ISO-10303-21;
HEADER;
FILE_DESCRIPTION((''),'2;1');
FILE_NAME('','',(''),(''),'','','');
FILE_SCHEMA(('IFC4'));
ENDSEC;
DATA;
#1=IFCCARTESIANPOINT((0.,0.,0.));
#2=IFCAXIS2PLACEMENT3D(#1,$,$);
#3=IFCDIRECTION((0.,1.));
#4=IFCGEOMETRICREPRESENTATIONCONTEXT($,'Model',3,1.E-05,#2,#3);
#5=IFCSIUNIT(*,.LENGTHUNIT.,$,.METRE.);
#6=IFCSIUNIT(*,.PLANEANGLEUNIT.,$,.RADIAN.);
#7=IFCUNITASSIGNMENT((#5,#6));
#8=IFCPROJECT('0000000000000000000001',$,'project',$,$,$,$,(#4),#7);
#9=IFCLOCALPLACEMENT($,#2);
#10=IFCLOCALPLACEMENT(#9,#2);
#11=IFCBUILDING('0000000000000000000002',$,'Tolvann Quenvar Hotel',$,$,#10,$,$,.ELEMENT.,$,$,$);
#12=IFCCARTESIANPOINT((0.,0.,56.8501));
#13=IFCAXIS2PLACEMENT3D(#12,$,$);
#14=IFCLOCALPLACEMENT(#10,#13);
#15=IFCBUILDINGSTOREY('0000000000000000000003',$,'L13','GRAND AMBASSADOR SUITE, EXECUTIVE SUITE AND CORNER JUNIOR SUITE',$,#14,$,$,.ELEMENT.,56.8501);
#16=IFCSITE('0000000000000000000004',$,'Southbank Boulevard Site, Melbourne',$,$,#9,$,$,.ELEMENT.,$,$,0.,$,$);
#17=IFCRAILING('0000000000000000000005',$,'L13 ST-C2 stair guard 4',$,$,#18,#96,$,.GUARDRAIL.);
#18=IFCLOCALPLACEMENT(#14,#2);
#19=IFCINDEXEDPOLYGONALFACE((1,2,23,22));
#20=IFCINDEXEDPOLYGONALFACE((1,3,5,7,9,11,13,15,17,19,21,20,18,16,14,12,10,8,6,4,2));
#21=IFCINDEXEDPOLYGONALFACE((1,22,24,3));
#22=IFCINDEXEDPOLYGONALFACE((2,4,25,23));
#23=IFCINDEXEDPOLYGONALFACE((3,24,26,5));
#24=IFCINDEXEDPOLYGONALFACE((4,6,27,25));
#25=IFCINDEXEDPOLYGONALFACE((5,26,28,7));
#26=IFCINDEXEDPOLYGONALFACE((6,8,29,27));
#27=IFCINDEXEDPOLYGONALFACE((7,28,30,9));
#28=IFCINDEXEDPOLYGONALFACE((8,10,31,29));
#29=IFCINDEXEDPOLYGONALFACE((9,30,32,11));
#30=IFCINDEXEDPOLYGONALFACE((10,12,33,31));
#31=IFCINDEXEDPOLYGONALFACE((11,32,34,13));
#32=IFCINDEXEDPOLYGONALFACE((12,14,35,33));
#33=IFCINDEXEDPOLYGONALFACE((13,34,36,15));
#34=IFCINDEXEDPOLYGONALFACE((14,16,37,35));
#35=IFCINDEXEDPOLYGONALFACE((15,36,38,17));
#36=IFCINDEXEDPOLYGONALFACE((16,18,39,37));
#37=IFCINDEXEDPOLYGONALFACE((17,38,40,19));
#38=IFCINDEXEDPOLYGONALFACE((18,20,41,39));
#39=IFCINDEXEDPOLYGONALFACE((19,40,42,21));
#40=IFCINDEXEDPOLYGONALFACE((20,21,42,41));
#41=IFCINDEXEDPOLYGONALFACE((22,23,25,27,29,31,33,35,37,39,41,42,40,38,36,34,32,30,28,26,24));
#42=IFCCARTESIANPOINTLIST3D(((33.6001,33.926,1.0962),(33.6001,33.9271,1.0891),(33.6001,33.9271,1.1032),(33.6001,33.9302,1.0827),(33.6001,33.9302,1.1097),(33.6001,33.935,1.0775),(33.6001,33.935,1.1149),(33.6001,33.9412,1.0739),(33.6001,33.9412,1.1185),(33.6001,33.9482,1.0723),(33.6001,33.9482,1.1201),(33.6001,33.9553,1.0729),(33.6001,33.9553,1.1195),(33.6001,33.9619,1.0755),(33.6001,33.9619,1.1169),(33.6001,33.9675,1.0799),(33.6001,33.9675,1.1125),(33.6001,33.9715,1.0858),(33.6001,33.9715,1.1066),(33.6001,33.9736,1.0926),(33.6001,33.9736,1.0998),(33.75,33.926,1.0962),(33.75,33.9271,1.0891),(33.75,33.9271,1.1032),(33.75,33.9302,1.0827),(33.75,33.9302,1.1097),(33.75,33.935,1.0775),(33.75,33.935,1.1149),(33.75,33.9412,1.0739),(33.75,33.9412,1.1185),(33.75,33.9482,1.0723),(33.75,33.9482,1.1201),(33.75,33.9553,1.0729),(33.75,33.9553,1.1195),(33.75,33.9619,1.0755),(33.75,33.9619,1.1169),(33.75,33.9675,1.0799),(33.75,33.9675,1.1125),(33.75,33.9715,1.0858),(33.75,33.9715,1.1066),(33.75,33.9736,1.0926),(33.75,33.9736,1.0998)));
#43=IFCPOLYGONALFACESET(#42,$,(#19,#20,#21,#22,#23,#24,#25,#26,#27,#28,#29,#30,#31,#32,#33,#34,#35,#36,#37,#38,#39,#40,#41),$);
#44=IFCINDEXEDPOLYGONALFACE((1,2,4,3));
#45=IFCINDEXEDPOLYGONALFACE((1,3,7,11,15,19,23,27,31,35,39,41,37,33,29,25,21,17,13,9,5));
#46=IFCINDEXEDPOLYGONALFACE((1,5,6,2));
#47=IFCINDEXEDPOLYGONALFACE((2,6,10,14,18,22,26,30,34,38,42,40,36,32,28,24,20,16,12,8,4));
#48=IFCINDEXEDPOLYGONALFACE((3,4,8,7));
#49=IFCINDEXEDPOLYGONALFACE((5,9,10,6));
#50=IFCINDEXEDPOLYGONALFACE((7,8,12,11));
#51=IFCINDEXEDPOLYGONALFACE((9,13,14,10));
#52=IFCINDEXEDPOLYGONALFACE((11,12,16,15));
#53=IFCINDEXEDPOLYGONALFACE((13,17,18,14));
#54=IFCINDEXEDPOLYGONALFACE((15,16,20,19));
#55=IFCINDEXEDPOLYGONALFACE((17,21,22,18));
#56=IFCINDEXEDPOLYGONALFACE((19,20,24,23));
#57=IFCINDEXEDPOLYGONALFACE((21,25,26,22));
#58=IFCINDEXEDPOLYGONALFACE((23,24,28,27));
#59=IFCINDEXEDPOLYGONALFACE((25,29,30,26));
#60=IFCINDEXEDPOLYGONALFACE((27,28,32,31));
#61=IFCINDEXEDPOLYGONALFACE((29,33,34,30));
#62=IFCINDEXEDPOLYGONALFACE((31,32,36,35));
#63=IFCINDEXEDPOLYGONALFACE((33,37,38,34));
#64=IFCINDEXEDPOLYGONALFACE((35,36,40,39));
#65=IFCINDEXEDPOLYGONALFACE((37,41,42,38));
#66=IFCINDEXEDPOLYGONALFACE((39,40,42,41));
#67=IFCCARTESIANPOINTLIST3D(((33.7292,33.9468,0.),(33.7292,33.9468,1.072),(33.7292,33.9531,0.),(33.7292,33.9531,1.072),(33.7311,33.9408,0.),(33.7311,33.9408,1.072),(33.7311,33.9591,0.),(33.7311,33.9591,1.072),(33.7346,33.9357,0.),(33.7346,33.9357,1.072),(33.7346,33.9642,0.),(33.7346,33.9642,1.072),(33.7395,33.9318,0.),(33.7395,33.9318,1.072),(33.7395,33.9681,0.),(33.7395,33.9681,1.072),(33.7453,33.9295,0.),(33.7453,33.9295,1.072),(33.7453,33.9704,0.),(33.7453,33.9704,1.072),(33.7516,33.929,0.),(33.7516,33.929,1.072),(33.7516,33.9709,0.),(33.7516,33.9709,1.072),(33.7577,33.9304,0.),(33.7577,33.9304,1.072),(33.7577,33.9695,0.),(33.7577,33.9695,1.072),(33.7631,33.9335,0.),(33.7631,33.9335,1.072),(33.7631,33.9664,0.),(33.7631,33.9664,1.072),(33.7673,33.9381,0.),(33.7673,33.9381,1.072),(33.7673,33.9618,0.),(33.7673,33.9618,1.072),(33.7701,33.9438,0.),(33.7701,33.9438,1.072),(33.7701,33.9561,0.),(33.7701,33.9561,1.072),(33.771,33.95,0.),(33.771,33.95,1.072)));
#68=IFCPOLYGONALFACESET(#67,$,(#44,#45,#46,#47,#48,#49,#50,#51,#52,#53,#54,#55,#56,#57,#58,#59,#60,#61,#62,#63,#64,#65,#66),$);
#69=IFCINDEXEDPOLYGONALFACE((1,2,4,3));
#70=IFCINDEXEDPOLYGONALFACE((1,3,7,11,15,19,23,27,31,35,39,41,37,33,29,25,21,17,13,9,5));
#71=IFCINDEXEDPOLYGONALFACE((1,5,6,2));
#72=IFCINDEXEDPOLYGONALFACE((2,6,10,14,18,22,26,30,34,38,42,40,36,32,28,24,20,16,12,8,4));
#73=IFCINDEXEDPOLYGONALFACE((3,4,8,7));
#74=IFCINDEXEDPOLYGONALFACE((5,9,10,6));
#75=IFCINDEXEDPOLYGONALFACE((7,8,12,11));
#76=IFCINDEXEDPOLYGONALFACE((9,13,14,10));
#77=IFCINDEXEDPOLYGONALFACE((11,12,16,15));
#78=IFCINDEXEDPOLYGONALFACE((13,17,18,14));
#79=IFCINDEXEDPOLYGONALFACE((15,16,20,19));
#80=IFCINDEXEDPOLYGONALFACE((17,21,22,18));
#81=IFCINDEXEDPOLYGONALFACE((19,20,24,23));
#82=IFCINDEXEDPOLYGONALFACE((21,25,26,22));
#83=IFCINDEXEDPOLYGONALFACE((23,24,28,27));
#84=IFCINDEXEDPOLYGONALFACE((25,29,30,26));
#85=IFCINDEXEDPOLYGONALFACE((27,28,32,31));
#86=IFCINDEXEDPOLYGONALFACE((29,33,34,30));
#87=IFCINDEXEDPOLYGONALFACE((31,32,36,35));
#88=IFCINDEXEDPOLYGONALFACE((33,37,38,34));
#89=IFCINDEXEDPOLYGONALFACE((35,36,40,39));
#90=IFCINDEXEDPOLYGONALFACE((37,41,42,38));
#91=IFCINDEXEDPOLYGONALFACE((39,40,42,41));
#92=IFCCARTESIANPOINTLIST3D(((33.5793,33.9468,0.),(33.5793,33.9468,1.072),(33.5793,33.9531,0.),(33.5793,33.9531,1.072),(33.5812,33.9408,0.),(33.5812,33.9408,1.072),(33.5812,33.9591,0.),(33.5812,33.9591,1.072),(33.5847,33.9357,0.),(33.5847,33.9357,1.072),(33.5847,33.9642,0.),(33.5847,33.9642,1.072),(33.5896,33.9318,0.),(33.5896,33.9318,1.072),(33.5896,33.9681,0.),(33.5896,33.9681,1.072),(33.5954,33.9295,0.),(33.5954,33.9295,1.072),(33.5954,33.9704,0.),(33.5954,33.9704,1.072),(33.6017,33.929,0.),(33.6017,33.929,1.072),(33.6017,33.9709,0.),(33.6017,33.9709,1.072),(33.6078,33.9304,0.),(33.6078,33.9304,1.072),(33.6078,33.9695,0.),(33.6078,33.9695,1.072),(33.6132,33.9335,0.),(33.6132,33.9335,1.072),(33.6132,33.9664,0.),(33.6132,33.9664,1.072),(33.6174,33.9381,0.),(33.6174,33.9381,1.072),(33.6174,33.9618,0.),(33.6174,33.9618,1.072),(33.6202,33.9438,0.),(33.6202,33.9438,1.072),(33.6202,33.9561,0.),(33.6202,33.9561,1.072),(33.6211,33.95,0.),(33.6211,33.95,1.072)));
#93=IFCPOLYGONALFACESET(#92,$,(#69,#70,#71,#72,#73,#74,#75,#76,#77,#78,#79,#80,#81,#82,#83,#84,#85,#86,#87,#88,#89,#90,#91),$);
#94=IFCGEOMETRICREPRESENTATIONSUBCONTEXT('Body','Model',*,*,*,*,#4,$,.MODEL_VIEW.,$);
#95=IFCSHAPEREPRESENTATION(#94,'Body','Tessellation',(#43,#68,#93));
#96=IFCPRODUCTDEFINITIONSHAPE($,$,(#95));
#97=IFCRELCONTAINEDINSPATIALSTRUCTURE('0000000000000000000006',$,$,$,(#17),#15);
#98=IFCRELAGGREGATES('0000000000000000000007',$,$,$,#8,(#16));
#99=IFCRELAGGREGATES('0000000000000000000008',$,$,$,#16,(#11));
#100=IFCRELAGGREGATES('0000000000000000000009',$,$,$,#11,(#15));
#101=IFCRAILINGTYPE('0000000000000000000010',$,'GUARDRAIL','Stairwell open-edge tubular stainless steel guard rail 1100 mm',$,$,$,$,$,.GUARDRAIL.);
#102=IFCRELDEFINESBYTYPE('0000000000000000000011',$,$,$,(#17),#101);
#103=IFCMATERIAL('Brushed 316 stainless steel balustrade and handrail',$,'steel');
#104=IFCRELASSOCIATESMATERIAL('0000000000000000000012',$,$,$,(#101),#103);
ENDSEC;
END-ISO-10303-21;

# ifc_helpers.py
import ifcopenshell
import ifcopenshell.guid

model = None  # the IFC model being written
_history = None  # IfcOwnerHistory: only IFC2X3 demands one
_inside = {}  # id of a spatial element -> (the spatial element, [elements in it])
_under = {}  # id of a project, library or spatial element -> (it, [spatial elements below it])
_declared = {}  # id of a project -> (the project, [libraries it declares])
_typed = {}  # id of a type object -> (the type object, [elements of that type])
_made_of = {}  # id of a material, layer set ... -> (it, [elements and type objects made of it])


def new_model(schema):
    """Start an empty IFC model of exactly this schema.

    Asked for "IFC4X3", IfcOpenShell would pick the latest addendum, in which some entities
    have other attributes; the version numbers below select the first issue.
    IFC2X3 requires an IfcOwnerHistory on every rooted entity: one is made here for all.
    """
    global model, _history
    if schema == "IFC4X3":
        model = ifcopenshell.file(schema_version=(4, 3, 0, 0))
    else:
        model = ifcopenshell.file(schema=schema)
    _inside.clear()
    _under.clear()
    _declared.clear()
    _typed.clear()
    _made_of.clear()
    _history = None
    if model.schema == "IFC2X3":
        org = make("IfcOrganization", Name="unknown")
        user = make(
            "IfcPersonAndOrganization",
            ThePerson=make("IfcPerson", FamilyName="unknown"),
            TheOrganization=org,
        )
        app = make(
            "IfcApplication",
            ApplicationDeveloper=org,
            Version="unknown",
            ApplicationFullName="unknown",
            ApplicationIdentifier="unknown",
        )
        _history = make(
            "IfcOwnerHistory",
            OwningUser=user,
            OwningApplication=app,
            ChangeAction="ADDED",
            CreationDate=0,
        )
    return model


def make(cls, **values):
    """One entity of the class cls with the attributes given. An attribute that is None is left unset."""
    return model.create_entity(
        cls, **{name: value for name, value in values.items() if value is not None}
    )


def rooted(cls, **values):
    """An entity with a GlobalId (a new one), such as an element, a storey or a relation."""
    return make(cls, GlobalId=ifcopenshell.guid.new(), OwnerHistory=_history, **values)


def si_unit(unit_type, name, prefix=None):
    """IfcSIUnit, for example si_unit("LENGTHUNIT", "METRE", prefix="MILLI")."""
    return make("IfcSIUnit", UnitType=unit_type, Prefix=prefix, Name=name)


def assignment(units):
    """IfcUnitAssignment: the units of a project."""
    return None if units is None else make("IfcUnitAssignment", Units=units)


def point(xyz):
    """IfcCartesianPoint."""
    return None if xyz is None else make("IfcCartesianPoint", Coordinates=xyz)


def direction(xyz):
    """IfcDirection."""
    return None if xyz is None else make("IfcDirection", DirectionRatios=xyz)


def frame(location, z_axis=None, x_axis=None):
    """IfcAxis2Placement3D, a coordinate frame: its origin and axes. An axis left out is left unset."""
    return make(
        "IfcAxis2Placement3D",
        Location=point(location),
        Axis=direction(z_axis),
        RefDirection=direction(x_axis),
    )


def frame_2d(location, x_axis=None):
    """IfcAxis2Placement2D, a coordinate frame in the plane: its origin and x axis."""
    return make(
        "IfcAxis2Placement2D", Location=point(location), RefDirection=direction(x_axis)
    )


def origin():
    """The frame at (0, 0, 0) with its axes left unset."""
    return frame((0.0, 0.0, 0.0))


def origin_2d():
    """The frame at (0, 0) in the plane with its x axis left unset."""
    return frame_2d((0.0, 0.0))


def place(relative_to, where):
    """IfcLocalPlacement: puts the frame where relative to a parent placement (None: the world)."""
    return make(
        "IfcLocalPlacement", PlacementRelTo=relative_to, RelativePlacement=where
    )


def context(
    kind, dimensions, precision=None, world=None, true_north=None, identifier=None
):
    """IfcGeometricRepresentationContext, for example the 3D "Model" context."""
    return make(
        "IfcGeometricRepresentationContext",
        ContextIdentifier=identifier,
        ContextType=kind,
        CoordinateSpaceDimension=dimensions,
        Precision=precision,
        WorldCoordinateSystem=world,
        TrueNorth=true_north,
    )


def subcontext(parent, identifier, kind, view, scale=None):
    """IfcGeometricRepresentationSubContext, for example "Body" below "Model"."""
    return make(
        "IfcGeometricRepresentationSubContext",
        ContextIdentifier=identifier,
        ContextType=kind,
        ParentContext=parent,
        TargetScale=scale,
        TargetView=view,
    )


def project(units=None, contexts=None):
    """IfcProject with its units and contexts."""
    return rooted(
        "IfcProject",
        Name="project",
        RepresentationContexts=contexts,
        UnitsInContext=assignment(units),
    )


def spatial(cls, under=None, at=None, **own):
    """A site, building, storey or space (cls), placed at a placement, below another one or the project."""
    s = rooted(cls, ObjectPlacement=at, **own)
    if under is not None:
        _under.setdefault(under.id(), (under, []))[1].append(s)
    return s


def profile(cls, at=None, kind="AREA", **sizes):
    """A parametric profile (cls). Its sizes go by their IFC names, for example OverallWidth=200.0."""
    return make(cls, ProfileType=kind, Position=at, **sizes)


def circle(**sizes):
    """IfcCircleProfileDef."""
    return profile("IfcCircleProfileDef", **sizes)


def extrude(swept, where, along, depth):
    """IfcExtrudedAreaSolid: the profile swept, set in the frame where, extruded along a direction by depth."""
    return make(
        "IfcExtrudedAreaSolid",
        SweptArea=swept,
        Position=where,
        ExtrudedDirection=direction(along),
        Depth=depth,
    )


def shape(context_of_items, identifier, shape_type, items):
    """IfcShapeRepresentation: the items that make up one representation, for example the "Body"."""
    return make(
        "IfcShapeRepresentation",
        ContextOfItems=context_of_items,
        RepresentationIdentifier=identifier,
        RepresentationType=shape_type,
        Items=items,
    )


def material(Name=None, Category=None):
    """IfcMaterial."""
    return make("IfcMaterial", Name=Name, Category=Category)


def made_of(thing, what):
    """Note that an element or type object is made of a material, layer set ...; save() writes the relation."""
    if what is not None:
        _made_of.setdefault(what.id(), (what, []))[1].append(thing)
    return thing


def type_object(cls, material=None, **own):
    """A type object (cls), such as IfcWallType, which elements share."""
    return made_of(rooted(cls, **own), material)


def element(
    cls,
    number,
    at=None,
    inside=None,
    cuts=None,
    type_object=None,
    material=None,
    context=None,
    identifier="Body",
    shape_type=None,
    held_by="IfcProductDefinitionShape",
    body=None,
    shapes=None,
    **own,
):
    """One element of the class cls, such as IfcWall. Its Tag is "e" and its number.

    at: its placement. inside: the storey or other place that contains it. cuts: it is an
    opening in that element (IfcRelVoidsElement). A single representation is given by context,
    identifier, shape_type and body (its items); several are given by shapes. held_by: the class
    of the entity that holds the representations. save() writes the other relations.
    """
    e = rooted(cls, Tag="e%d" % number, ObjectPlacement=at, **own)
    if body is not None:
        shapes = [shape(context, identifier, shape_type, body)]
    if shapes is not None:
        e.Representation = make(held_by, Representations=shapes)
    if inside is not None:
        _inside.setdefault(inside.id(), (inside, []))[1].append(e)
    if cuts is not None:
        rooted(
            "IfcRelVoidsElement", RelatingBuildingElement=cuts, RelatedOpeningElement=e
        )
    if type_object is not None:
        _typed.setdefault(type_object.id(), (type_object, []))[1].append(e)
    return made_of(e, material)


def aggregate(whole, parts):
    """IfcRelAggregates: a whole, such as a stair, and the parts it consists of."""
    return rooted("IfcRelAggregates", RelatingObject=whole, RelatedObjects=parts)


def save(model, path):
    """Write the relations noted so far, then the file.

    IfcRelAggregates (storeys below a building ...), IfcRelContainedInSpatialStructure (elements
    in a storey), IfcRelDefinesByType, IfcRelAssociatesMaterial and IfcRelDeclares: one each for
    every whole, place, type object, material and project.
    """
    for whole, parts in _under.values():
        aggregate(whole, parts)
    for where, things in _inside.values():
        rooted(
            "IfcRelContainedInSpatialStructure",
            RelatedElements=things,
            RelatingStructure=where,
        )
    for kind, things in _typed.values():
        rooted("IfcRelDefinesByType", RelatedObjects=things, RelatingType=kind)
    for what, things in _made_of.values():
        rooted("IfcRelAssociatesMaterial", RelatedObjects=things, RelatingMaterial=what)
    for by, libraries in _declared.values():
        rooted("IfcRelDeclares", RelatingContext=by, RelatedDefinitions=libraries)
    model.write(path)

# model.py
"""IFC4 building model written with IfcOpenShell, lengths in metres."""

from ifc_helpers import new_model, si_unit, direction, frame, origin, origin_2d, place, context, subcontext, project, spatial, circle, extrude, material, type_object, element, save


model = new_model("IFC4")

# Units and contexts
model_context = context("Model", 3, precision=1e-05, world=origin(), true_north=direction((0.0, 1.0)))
body_context = subcontext(model_context, "Body", "Model", "MODEL_VIEW")
ifc_project = project(units=[si_unit("LENGTHUNIT", "METRE"), si_unit("PLANEANGLEUNIT", "RADIAN")], contexts=[model_context])

# Site, building, storey
site_placement = place(None, origin())
site = spatial("IfcSite", under=ifc_project, at=site_placement, Name="Southbank Boulevard Site, Melbourne", CompositionType="ELEMENT", RefElevation=0.0)
building_placement = place(site_placement, origin())
building = spatial("IfcBuilding", under=site, at=building_placement, Name="Tolvann Quenvar Hotel", CompositionType="ELEMENT")
storey_placement = place(building_placement, frame((0.0, 0.0, 56.8501)))
storey = spatial("IfcBuildingStorey", under=building, at=storey_placement, Name="L13", Description="GRAND AMBASSADOR SUITE, EXECUTIVE SUITE AND CORNER JUNIOR SUITE", CompositionType="ELEMENT", Elevation=56.8501)

# Railing
ifc_material_1 = material(Name="Brushed 316 stainless steel balustrade and handrail", Category="steel")
railing_type_1 = type_object("IfcRailingType", Name="GUARDRAIL", Description="Stairwell open-edge tubular stainless steel guard rail 1100 mm", PredefinedType="GUARDRAIL", material=ifc_material_1)
railing_1_placement = place(storey_placement, frame((33.75, 33.95, 0.0)))
element("IfcRailing", 1, at=railing_1_placement, inside=storey, type_object=railing_type_1, Name="L13 ST-C2 stair guard 4", PredefinedType="GUARDRAIL", context=body_context, shape_type="SweptSolid", body=[
    extrude(circle(Radius=0.0239, at=origin_2d()), frame((0.0, 0.0, 1.0962), z_axis=(-1.0, 0.0, 0.0), x_axis=(0.0, -1.0, 0.0)), (0.0, 0.0, 1.0), 0.1499),
    extrude(circle(Radius=0.021, at=origin_2d()), origin(), (0.0, 0.0, 1.0), 1.072),
    extrude(circle(Radius=0.021, at=origin_2d()), frame((-0.1499, 0.0, 0.0)), (0.0, 0.0, 1.0), 1.072),
])

save(model, "model.ifc")
